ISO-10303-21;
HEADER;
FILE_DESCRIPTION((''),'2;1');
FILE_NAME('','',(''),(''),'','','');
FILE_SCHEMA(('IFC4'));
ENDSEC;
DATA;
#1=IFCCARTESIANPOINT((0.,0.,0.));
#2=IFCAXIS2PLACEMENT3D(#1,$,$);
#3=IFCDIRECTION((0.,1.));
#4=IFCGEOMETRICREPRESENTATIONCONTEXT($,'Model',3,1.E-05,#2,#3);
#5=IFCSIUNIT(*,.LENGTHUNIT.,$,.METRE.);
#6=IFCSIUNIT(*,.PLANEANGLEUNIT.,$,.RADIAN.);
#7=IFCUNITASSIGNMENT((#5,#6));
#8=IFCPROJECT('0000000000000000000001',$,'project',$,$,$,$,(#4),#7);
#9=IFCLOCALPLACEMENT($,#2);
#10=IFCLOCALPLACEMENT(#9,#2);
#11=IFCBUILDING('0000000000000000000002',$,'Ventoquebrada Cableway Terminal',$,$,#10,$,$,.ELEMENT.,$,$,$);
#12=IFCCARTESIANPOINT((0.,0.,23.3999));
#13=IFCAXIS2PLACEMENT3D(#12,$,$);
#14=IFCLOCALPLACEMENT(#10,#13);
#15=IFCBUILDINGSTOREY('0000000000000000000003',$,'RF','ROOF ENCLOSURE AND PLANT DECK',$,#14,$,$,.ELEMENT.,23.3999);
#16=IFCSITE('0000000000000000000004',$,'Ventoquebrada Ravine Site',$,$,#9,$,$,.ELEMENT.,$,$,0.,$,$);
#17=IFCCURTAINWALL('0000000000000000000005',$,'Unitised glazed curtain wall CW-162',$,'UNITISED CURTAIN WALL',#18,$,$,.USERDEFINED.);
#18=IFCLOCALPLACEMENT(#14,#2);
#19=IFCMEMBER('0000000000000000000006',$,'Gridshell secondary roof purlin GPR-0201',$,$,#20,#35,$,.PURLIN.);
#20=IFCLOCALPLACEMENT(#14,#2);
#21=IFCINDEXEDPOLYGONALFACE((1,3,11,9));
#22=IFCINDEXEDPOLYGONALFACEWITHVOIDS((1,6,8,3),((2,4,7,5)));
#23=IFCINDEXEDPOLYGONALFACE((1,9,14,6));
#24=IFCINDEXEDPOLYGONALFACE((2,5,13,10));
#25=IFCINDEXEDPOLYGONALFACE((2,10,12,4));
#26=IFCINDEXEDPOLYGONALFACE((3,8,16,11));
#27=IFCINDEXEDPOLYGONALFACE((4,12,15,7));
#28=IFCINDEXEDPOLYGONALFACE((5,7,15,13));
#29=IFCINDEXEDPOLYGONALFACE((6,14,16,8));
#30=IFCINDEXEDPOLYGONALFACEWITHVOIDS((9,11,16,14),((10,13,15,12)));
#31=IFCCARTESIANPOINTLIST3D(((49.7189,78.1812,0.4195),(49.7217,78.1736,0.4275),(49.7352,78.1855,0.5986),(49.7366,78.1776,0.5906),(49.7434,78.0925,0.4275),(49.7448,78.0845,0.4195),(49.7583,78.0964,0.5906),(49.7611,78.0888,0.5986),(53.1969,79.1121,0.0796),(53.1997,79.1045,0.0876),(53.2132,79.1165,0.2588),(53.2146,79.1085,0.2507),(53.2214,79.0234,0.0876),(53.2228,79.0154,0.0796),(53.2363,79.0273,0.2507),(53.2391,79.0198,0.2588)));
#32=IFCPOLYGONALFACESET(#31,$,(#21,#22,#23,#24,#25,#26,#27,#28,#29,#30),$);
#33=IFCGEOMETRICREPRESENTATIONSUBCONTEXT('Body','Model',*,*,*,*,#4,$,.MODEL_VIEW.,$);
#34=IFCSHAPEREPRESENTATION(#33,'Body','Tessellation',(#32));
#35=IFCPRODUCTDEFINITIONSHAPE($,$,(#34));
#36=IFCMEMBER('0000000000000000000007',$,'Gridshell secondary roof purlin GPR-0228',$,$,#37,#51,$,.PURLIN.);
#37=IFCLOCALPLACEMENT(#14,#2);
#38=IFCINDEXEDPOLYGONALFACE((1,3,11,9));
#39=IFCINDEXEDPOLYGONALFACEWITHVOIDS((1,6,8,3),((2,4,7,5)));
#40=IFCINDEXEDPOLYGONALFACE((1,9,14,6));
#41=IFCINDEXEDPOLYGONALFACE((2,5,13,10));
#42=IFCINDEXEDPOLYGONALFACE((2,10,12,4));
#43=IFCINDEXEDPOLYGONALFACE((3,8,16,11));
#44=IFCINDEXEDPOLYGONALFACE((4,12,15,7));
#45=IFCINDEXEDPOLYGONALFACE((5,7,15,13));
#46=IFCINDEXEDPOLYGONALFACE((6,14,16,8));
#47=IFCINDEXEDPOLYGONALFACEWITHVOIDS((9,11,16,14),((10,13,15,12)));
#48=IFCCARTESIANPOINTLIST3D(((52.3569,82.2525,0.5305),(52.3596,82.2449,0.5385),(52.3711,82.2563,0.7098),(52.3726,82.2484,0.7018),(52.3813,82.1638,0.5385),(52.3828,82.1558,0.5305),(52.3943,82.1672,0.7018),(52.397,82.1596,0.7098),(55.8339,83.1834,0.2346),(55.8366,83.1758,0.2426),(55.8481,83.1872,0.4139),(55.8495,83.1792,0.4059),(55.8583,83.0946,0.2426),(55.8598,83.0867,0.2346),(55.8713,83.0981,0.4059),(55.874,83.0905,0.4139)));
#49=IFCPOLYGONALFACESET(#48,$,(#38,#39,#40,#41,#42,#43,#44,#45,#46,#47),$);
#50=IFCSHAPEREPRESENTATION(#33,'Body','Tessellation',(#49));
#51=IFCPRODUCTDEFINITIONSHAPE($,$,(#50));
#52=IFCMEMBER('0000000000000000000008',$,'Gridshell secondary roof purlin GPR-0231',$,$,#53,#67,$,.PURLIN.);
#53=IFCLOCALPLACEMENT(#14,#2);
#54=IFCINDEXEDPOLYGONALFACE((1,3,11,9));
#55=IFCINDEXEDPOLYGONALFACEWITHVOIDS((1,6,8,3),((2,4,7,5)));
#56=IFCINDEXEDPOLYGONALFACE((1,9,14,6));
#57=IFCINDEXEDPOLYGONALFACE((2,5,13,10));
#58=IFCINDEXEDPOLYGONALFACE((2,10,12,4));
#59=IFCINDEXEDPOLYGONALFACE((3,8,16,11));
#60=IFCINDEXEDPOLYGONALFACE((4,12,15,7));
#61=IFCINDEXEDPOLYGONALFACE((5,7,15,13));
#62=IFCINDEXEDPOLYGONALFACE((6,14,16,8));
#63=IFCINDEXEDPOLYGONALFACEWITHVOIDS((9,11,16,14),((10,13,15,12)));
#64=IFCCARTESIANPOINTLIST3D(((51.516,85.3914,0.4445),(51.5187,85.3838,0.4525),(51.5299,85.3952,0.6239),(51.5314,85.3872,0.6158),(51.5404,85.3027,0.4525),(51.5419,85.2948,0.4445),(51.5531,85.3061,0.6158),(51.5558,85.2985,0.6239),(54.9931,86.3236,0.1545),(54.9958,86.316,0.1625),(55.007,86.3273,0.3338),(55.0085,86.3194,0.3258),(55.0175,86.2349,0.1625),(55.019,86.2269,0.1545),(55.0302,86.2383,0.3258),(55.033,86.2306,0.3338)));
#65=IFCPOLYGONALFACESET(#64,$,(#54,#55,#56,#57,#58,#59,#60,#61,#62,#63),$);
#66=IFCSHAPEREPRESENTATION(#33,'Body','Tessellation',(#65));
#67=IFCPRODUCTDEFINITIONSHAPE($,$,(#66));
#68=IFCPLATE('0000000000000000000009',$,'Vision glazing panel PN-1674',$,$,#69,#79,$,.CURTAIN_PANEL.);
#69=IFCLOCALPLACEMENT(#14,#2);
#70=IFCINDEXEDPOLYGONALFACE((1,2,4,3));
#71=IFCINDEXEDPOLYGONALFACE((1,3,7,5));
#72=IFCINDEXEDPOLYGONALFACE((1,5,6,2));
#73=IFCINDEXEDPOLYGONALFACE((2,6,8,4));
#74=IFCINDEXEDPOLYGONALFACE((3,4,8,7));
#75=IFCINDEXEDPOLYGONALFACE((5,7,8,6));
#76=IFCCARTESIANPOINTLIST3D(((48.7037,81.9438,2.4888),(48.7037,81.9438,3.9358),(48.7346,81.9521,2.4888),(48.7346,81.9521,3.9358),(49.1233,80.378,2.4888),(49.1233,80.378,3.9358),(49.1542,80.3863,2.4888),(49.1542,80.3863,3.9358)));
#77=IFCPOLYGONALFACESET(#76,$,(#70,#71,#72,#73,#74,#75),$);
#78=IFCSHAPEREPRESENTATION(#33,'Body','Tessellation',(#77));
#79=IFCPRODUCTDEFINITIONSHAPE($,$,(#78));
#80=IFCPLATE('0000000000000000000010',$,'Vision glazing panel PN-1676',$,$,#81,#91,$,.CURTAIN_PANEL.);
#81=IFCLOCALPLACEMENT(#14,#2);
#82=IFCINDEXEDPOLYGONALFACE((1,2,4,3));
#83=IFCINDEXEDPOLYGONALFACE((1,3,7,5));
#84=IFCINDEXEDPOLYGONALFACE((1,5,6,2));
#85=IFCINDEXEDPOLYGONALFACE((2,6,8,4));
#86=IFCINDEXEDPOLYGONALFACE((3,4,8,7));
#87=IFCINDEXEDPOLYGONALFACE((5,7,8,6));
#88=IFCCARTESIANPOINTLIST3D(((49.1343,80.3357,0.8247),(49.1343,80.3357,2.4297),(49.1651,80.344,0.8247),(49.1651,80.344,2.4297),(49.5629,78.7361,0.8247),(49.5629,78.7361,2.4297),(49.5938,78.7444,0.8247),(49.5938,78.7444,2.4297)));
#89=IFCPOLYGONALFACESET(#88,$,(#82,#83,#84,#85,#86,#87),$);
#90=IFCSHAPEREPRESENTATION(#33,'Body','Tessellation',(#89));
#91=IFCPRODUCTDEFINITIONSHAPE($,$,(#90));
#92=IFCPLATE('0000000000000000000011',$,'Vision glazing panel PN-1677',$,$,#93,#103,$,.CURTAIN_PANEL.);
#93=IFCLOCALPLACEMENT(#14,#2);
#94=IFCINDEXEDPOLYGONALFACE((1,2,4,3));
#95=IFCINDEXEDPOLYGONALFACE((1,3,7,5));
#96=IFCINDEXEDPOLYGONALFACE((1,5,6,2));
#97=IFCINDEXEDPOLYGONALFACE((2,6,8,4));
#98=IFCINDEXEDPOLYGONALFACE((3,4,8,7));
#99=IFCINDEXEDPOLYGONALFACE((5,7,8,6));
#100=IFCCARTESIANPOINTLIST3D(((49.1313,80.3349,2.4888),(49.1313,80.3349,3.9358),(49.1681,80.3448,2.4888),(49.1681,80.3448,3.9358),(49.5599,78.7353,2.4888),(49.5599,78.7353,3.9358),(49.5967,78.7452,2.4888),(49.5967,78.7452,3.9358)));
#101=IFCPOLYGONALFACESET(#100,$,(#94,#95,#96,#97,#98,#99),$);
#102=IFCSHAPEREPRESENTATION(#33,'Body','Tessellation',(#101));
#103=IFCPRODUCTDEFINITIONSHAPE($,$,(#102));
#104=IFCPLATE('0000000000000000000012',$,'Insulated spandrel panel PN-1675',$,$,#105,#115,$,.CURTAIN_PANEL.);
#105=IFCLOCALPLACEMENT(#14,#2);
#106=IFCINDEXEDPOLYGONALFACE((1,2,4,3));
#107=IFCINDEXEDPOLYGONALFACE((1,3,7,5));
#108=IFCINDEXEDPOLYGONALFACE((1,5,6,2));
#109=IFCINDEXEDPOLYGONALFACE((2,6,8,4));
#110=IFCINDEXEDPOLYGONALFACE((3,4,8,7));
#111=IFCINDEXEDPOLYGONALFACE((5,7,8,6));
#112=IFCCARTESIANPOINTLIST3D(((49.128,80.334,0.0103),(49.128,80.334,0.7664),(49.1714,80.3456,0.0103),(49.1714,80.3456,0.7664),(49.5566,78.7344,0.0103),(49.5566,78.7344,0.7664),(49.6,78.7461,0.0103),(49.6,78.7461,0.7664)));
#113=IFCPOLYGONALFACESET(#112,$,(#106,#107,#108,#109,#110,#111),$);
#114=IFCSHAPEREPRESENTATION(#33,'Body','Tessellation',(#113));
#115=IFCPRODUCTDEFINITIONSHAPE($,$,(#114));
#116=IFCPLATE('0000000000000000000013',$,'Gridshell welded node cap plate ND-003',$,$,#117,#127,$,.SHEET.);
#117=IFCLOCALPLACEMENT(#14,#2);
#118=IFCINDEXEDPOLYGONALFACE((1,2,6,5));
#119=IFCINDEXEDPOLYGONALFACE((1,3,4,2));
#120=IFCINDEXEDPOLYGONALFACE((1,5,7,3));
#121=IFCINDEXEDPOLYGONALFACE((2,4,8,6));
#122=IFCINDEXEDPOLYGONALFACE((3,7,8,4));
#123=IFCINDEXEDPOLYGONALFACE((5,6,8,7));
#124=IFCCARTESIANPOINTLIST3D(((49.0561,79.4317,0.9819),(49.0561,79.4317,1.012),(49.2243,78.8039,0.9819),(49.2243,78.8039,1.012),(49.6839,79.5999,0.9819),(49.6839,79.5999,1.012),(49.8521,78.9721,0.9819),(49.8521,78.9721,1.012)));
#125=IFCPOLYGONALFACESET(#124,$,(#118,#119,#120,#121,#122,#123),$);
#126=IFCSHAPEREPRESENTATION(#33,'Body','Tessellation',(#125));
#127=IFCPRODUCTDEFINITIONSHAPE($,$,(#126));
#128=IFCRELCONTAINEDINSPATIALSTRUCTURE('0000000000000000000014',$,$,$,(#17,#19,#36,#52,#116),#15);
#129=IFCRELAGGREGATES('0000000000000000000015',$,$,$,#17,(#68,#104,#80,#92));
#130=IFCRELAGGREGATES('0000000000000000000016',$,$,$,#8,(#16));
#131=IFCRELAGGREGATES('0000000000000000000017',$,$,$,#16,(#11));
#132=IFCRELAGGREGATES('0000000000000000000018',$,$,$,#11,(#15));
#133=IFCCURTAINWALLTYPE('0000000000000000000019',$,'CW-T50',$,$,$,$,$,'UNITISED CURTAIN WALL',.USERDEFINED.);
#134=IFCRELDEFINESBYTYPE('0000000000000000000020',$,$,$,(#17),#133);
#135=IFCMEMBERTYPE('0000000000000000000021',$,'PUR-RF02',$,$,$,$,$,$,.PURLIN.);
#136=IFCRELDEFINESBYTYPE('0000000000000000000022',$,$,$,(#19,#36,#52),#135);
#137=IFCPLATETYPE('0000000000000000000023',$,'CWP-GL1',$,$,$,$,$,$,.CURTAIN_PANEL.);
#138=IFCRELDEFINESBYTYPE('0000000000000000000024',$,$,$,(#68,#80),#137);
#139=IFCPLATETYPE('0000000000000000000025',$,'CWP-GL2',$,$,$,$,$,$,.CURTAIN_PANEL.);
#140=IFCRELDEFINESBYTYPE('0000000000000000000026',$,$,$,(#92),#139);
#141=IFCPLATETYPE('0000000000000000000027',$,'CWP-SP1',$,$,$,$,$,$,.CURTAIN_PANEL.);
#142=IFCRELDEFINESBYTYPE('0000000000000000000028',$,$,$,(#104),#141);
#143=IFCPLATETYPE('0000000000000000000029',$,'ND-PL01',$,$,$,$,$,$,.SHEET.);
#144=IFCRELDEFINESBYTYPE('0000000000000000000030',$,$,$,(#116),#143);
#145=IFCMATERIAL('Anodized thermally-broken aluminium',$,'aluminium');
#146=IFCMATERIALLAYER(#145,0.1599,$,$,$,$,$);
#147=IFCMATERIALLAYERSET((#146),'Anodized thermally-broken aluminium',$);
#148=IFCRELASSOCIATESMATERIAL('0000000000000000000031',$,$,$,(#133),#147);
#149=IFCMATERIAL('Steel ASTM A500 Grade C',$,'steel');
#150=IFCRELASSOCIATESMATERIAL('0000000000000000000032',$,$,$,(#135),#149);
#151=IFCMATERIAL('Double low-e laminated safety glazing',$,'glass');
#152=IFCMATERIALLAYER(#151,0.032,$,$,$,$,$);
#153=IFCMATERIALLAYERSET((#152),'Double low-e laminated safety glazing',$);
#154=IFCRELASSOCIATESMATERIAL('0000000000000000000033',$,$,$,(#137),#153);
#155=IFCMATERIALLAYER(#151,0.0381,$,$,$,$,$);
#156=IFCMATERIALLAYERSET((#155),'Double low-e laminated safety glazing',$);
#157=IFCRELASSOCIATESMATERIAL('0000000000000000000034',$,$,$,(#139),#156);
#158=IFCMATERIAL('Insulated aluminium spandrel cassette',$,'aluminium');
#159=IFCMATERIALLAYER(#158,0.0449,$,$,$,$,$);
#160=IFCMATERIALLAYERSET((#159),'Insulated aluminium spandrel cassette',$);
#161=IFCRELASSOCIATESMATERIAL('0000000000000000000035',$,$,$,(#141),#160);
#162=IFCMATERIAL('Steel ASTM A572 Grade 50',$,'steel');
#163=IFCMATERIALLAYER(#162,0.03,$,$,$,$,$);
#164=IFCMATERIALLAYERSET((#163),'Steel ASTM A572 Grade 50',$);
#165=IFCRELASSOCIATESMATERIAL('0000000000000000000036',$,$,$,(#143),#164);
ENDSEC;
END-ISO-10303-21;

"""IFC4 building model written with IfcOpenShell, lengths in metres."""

from ifc_helpers import new_model, si_unit, direction, frame, origin, origin_2d, place, context, subcontext, project, spatial, rectangle, hollow_rectangle, extrude, material, layer, layer_set, material_profile, profile_set, type_object, element, aggregate, save


model = new_model("IFC4")

# Units and contexts
model_context = context("Model", 3, precision=1e-05, world=origin(), true_north=direction((0.0, 1.0)))
body_context = subcontext(model_context, "Body", "Model", "MODEL_VIEW")
ifc_project = project(units=[si_unit("LENGTHUNIT", "METRE"), si_unit("PLANEANGLEUNIT", "RADIAN")], contexts=[model_context])

# Site, building, storey
site_placement = place(None, origin())
site = spatial("IfcSite", under=ifc_project, at=site_placement, Name="Ventoquebrada Ravine Site", CompositionType="ELEMENT", RefElevation=0.0)
building_placement = place(site_placement, origin())
building = spatial("IfcBuilding", under=site, at=building_placement, Name="Ventoquebrada Cableway Terminal", CompositionType="ELEMENT")
storey_placement = place(building_placement, frame((0.0, 0.0, 23.3999)))
storey = spatial("IfcBuildingStorey", under=building, at=storey_placement, Name="RF", Description="ROOF ENCLOSURE AND PLANT DECK", CompositionType="ELEMENT", Elevation=23.3999)

# Shared definitions
ifc_material_1 = material(Name="Steel ASTM A500 Grade C", Category="steel")

# Curtain wall
ifc_material_2 = material(Name="Anodized thermally-broken aluminium", Category="aluminium")
ifc_layer_1 = layer(ifc_material_2, 0.1599)
ifc_layer_set_1 = layer_set([ifc_layer_1], Name="Anodized thermally-broken aluminium")
curtain_wall_type = type_object("IfcCurtainWallType", Name="CW-T50", ElementType="UNITISED CURTAIN WALL", PredefinedType="USERDEFINED", material=ifc_layer_set_1)
curtain_wall_placement = place(storey_placement, origin())
curtain_wall = element("IfcCurtainWall", 1, at=curtain_wall_placement, inside=storey, type_object=curtain_wall_type, Name="Unitised glazed curtain wall CW-162", ObjectType="UNITISED CURTAIN WALL", PredefinedType="USERDEFINED")

# Members
ifc_material_profile_1 = material_profile(ifc_material_1, hollow_rectangle(XDim=0.1001, YDim=0.1799, WallThickness=0.0081, at=origin_2d()), Name="RHS180X100X8")
ifc_profile_set_1 = profile_set([ifc_material_profile_1], Name="Steel ASTM A500 Grade C")
member_type_1 = type_object("IfcMemberType", Name="PUR-RF02", PredefinedType="PURLIN", material=ifc_profile_set_1)
member_1_placement = place(storey_placement, frame((49.74, 78.135, 0.509), z_axis=(0.961722, 0.257409, -0.093971), x_axis=(-0.258553, 0.965997, 0.0)))
element("IfcMember", 2, at=member_1_placement, inside=storey, type_object=member_type_1, Name="Gridshell secondary roof purlin GPR-0201", PredefinedType="PURLIN", context=body_context, shape_type="SweptSolid", body=[
    extrude(hollow_rectangle(XDim=0.1001, YDim=0.1799, WallThickness=0.0081, at=origin_2d()), origin(), (0.0, 0.0, 1.0), 3.6165),
])
for number, where, z_axis, x_axis, name in (
    (3, (52.377, 82.2061, 0.6201), (0.962731, 0.257751, -0.081929), (-0.258621, 0.965979, 0.0), "Gridshell secondary roof purlin GPR-0228"),
    (4, (51.5359, 85.345, 0.5342), (0.962774, 0.258101, -0.08031), (-0.258937, 0.965894, 0.0), "Gridshell secondary roof purlin GPR-0231"),
):
    element("IfcMember", number, at=place(storey_placement, frame(where, z_axis=z_axis, x_axis=x_axis)), inside=storey, type_object=member_type_1, Name=name, PredefinedType="PURLIN", context=body_context, shape_type="SweptSolid", body=[
        extrude(hollow_rectangle(XDim=0.1001, YDim=0.1799, WallThickness=0.0081, at=origin_2d()), origin(), (0.0, 0.0, 1.0), 3.6116),
    ])

# Plates
ifc_material_3 = material(Name="Double low-e laminated safety glazing", Category="glass")
ifc_layer_2 = layer(ifc_material_3, 0.032)
ifc_layer_set_2 = layer_set([ifc_layer_2], Name="Double low-e laminated safety glazing")
plate_type_1 = type_object("IfcPlateType", Name="CWP-GL1", PredefinedType="CURTAIN_PANEL", material=ifc_layer_set_2)
plate_1_placement = place(storey_placement, frame((48.929, 81.165, 2.4888), z_axis=(0.0, 0.0, 1.0), x_axis=(0.258836, -0.965921, 0.0)))
plate_1 = element("IfcPlate", 5, at=plate_1_placement, type_object=plate_type_1, Name="Vision glazing panel PN-1674", PredefinedType="CURTAIN_PANEL", context=body_context, shape_type="SweptSolid", body=[
    extrude(rectangle(XDim=1.6211, YDim=0.032, at=origin_2d()), origin(), (0.0, 0.0, 1.0), 1.447),
])
plate_2_placement = place(storey_placement, frame((49.364, 79.54, 0.8247), z_axis=(0.0, 0.0, 1.0), x_axis=(0.258836, -0.965921, 0.0)))
plate_2 = element("IfcPlate", 6, at=plate_2_placement, type_object=plate_type_1, Name="Vision glazing panel PN-1676", PredefinedType="CURTAIN_PANEL", context=body_context, shape_type="SweptSolid", body=[
    extrude(rectangle(XDim=1.656, YDim=0.032, at=origin_2d()), origin(), (0.0, 0.0, 1.0), 1.605),
])
ifc_layer_3 = layer(ifc_material_3, 0.0381)
ifc_layer_set_3 = layer_set([ifc_layer_3], Name="Double low-e laminated safety glazing")
plate_type_2 = type_object("IfcPlateType", Name="CWP-GL2", PredefinedType="CURTAIN_PANEL", material=ifc_layer_set_3)
plate_3_placement = place(storey_placement, frame((49.364, 79.54, 2.4888), z_axis=(0.0, 0.0, 1.0), x_axis=(0.258836, -0.965921, 0.0)))
plate_3 = element("IfcPlate", 7, at=plate_3_placement, type_object=plate_type_2, Name="Vision glazing panel PN-1677", PredefinedType="CURTAIN_PANEL", context=body_context, shape_type="SweptSolid", body=[
    extrude(rectangle(XDim=1.656, YDim=0.0381, at=origin_2d()), origin(), (0.0, 0.0, 1.0), 1.447),
])
ifc_material_4 = material(Name="Insulated aluminium spandrel cassette", Category="aluminium")
ifc_layer_4 = layer(ifc_material_4, 0.0449)
ifc_layer_set_4 = layer_set([ifc_layer_4], Name="Insulated aluminium spandrel cassette")
plate_type_3 = type_object("IfcPlateType", Name="CWP-SP1", PredefinedType="CURTAIN_PANEL", material=ifc_layer_set_4)
plate_4_placement = place(storey_placement, frame((49.364, 79.54, 0.0103), z_axis=(0.0, 0.0, 1.0), x_axis=(0.258836, -0.965921, 0.0)))
plate_4 = element("IfcPlate", 8, at=plate_4_placement, type_object=plate_type_3, Name="Insulated spandrel panel PN-1675", PredefinedType="CURTAIN_PANEL", context=body_context, shape_type="SweptSolid", body=[
    extrude(rectangle(XDim=1.656, YDim=0.0449, at=origin_2d()), origin(), (0.0, 0.0, 1.0), 0.7561),
])
aggregate(curtain_wall, [plate_1, plate_4, plate_2, plate_3])
ifc_material_5 = material(Name="Steel ASTM A572 Grade 50", Category="steel")
ifc_layer_5 = layer(ifc_material_5, 0.03)
ifc_layer_set_5 = layer_set([ifc_layer_5], Name="Steel ASTM A572 Grade 50")
plate_type_4 = type_object("IfcPlateType", Name="ND-PL01", PredefinedType="SHEET", material=ifc_layer_set_5)
plate_5_placement = place(storey_placement, frame((49.4541, 79.2019, 0.9819), z_axis=(0.0, 0.0, 1.0), x_axis=(0.965926, 0.258819, 0.0)))
element("IfcPlate", 9, at=plate_5_placement, inside=storey, type_object=plate_type_4, Name="Gridshell welded node cap plate ND-003", PredefinedType="SHEET", context=body_context, shape_type="SweptSolid", body=[
    extrude(rectangle(XDim=0.6499, YDim=0.6499, at=origin_2d()), origin(), (0.0, 0.0, 1.0), 0.03),
])

save(model, "model.ifc")
